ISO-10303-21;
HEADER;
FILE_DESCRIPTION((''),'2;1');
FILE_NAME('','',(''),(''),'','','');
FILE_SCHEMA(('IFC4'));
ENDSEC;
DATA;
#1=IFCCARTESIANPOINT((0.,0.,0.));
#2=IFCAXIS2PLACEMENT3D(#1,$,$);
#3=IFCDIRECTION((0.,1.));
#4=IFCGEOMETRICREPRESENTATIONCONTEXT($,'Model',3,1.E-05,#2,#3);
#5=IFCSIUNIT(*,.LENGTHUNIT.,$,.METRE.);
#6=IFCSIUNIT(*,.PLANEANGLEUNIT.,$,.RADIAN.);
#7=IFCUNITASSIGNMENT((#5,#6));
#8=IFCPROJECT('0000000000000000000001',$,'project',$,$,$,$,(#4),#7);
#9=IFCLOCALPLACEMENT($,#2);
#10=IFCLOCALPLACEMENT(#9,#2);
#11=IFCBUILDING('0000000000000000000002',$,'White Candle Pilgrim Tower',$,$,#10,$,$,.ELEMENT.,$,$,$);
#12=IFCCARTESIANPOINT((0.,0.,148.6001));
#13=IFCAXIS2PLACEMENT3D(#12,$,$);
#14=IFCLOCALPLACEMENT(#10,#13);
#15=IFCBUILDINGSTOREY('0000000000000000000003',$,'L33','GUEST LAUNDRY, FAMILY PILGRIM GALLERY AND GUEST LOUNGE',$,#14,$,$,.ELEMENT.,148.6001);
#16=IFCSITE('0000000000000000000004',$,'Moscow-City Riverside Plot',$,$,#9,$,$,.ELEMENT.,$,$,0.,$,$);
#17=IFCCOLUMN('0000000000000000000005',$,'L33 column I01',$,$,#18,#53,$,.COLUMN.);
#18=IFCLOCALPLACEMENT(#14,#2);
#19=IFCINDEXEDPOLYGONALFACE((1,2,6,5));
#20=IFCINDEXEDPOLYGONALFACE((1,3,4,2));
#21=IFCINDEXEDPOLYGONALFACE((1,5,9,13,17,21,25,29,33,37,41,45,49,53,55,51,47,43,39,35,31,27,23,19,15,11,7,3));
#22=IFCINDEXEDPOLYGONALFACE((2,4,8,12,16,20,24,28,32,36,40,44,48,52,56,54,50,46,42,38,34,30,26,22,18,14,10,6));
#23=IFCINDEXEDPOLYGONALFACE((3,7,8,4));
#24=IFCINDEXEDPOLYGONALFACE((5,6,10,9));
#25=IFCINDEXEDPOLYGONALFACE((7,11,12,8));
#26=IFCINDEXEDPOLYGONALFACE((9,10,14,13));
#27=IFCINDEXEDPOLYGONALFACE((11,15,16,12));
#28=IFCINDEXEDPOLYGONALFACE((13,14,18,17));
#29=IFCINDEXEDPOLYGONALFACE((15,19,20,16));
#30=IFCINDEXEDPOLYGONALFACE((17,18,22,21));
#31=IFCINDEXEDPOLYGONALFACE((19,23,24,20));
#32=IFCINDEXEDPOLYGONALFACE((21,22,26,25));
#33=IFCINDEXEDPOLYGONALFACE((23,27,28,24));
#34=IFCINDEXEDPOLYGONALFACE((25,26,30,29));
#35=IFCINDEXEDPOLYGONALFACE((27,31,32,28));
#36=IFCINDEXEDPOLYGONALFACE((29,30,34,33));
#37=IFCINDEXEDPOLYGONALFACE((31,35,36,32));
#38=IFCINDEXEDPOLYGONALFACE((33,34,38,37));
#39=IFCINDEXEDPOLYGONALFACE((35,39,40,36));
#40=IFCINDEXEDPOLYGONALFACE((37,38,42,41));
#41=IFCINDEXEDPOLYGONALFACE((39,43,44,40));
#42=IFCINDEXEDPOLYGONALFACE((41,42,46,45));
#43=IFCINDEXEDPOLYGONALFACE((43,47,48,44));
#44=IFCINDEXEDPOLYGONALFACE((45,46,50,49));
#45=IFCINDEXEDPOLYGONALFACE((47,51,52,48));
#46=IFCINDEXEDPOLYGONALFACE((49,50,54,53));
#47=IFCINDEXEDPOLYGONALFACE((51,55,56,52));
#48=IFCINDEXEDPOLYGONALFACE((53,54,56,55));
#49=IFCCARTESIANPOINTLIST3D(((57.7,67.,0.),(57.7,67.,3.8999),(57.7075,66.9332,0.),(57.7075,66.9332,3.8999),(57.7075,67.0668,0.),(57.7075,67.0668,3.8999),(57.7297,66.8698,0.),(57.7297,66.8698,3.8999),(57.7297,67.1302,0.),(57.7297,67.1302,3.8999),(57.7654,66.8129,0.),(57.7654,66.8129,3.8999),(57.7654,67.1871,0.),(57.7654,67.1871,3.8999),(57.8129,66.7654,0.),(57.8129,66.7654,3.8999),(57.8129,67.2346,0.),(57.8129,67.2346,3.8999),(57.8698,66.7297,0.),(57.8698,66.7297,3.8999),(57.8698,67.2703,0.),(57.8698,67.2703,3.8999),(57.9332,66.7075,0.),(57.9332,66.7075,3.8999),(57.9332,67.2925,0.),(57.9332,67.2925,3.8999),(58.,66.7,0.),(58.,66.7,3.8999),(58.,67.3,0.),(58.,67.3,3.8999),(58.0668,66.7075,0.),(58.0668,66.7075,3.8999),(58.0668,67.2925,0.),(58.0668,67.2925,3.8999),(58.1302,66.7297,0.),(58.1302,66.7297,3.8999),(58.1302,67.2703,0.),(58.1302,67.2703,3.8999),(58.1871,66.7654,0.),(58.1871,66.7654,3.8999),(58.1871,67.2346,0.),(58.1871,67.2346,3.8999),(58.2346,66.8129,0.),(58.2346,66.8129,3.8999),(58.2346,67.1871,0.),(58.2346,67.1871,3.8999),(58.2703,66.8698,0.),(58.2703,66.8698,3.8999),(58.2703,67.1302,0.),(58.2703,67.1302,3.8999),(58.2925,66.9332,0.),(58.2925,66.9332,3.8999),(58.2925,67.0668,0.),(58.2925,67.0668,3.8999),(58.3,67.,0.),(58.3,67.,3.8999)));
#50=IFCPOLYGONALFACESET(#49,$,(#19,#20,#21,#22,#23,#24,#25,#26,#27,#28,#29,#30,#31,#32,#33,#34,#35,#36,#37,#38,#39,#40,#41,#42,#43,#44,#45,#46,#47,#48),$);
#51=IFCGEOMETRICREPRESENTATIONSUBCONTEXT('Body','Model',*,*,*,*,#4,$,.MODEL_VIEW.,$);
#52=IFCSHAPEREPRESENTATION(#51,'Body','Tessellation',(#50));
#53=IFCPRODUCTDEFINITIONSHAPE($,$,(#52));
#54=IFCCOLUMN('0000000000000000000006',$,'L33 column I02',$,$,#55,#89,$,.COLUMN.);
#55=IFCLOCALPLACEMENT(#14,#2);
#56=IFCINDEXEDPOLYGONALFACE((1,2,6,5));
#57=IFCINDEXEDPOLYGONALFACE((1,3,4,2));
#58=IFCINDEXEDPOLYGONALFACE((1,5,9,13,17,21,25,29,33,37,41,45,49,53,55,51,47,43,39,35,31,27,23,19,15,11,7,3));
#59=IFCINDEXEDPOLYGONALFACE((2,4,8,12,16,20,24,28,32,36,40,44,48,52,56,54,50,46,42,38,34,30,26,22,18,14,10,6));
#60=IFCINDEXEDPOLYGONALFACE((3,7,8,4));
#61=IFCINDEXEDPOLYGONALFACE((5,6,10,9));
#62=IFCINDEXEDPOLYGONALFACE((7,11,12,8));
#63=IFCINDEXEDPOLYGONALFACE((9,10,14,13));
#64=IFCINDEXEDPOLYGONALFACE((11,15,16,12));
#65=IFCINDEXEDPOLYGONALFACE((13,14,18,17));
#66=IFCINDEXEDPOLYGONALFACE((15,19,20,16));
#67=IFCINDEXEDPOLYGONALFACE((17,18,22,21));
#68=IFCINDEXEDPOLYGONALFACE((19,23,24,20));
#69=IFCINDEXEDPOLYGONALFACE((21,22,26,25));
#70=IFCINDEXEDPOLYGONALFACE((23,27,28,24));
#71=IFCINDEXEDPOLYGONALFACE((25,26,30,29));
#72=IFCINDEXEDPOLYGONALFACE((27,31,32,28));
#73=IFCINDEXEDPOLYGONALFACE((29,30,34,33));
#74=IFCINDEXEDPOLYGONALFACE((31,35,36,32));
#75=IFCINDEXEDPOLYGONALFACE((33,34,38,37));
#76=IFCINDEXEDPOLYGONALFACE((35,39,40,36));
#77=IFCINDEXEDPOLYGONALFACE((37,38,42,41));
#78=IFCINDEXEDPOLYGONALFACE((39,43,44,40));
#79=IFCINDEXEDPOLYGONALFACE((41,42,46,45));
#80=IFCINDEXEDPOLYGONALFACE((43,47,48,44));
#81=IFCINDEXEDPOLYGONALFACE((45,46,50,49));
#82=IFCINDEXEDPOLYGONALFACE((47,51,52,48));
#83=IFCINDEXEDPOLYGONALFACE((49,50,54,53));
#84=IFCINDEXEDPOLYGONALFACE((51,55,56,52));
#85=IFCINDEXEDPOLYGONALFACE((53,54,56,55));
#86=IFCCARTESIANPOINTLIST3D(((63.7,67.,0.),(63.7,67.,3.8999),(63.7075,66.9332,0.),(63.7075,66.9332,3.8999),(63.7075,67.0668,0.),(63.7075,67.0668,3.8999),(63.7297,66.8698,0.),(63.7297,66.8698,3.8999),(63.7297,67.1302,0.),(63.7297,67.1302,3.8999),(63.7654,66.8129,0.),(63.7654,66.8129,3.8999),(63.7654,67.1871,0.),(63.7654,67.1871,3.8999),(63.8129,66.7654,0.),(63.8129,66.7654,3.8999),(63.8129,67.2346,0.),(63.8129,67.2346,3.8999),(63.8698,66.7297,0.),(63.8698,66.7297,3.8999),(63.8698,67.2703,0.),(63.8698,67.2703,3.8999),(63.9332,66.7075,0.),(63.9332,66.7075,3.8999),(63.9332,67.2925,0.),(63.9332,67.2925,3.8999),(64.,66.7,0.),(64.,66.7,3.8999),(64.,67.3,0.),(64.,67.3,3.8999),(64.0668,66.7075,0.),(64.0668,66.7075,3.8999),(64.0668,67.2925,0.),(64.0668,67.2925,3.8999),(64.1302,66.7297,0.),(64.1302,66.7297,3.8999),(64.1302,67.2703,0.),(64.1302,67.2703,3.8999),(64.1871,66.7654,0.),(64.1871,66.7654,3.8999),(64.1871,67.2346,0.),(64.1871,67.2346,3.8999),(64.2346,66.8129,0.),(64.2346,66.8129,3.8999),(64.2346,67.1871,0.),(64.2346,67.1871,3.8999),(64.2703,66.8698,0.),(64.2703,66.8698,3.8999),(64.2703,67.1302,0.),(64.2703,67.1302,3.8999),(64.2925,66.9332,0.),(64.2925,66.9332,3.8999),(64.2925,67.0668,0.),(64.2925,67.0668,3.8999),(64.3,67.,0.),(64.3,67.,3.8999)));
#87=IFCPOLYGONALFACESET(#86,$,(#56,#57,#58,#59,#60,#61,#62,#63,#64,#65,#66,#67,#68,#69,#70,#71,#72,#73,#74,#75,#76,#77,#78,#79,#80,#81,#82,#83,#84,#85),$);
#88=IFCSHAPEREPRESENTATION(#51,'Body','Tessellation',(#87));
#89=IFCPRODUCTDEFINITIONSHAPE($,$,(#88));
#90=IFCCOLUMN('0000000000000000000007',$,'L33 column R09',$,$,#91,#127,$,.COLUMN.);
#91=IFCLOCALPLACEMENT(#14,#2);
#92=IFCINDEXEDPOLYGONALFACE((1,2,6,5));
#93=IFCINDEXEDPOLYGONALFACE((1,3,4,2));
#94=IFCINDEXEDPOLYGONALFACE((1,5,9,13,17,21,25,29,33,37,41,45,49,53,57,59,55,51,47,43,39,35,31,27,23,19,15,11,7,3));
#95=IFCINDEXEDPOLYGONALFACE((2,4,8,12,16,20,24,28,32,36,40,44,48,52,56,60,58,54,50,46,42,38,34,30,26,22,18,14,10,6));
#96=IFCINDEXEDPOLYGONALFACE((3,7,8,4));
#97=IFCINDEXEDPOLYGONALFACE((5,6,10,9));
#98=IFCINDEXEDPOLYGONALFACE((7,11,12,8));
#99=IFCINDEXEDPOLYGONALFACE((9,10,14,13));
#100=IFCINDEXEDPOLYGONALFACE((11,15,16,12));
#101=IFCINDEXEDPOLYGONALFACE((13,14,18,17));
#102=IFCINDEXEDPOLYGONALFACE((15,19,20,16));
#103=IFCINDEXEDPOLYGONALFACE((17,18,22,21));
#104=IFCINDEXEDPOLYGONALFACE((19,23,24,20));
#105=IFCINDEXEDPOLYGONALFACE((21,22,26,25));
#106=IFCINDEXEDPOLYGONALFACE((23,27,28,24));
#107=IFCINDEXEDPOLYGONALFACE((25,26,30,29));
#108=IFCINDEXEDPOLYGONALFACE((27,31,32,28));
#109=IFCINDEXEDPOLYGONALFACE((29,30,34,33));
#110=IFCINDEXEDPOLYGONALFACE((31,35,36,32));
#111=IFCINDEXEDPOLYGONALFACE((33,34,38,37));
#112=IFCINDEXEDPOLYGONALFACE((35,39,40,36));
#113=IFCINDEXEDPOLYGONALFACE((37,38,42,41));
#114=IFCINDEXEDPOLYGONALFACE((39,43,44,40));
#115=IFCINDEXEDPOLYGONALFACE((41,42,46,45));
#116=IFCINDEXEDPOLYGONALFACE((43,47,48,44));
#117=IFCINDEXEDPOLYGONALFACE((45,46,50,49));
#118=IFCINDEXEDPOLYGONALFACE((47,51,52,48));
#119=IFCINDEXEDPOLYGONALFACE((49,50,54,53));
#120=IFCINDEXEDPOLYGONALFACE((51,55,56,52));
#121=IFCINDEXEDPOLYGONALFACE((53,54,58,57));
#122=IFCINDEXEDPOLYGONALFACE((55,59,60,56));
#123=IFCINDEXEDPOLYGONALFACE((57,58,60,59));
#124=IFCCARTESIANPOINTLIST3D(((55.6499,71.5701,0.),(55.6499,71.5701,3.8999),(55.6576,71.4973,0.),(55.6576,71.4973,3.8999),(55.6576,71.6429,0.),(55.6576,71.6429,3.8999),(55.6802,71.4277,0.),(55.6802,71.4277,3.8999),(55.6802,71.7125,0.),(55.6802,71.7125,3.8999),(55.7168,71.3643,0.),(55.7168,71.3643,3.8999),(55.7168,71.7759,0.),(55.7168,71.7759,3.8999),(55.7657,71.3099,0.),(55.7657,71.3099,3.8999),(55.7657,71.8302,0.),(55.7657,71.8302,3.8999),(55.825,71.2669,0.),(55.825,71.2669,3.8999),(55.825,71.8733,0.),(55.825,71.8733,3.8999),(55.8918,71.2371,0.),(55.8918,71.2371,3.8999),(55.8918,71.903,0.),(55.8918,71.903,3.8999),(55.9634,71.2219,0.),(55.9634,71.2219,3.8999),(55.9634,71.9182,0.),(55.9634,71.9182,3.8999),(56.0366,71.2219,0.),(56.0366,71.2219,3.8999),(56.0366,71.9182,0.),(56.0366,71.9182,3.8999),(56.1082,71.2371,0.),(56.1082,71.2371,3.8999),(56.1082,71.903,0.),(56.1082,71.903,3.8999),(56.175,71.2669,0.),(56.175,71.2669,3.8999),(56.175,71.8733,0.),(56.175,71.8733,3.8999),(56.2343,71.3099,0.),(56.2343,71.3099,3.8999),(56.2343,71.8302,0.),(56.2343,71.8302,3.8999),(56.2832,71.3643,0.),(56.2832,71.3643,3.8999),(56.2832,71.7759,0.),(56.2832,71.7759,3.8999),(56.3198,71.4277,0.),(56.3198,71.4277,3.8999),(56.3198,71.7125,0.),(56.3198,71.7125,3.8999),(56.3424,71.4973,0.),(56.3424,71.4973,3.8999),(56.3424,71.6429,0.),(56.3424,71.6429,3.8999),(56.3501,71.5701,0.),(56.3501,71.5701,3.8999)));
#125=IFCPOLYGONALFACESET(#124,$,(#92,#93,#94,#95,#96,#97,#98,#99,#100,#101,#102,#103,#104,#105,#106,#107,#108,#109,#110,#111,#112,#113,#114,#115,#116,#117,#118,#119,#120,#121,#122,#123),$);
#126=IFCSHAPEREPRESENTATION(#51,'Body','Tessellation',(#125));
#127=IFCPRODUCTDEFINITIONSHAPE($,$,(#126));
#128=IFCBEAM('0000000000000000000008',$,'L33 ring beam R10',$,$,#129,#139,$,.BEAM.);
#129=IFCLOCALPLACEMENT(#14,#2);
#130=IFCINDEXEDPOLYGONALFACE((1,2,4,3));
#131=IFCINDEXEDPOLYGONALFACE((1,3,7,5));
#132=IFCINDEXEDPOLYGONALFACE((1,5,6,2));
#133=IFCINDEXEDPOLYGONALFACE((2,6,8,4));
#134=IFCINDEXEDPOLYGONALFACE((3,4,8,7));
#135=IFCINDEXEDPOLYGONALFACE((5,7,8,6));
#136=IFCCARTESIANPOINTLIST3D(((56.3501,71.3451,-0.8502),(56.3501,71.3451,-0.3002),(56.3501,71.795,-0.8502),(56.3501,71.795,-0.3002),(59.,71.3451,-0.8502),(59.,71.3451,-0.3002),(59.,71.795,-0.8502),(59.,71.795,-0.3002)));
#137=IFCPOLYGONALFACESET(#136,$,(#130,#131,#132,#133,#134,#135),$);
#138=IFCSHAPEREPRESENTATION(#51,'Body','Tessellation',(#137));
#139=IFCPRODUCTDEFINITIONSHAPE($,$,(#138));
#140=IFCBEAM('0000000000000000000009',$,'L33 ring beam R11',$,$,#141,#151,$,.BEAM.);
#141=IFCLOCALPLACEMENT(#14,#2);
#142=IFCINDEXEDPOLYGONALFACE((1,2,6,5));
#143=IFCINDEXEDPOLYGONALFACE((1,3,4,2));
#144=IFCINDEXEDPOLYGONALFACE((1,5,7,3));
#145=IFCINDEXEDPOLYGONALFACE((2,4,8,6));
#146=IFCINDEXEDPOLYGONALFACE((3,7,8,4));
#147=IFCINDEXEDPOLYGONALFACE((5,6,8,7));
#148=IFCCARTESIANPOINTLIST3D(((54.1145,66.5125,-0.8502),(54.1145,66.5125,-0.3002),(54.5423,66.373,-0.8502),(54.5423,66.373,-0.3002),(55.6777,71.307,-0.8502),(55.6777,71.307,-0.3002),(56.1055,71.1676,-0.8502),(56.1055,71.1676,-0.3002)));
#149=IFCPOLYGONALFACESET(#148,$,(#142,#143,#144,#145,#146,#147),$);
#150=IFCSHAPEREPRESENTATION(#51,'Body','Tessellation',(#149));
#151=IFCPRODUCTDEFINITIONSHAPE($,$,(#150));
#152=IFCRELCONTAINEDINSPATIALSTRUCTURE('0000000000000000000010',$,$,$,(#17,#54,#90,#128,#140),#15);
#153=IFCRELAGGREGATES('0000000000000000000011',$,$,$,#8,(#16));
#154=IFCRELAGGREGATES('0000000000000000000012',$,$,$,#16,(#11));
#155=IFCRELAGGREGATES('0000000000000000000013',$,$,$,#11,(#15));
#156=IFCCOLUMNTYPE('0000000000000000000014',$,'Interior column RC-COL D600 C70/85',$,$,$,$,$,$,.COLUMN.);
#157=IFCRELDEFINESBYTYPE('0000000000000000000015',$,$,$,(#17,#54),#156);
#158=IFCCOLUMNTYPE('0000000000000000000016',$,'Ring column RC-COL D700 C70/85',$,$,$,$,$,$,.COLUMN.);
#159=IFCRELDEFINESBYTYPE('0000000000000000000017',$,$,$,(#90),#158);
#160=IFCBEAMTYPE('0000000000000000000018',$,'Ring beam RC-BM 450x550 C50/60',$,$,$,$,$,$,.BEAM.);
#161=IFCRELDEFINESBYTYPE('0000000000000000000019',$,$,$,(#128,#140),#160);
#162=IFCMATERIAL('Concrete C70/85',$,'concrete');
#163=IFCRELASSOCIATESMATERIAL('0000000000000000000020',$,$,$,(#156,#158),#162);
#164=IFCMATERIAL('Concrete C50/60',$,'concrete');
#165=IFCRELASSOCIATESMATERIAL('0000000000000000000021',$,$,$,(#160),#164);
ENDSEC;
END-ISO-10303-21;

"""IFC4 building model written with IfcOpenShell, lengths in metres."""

from ifc_helpers import new_model, si_unit, direction, frame, origin, origin_2d, place, context, subcontext, project, spatial, rectangle, circle, extrude, material, material_profile, profile_set, type_object, element, save


model = new_model("IFC4")

# Units and contexts
model_context = context("Model", 3, precision=1e-05, world=origin(), true_north=direction((0.0, 1.0)))
body_context = subcontext(model_context, "Body", "Model", "MODEL_VIEW")
ifc_project = project(units=[si_unit("LENGTHUNIT", "METRE"), si_unit("PLANEANGLEUNIT", "RADIAN")], contexts=[model_context])

# Site, building, storey
site_placement = place(None, origin())
site = spatial("IfcSite", under=ifc_project, at=site_placement, Name="Moscow-City Riverside Plot", CompositionType="ELEMENT", RefElevation=0.0)
building_placement = place(site_placement, origin())
building = spatial("IfcBuilding", under=site, at=building_placement, Name="White Candle Pilgrim Tower", CompositionType="ELEMENT")
storey_placement = place(building_placement, frame((0.0, 0.0, 148.6001)))
storey = spatial("IfcBuildingStorey", under=building, at=storey_placement, Name="L33", Description="GUEST LAUNDRY, FAMILY PILGRIM GALLERY AND GUEST LOUNGE", CompositionType="ELEMENT", Elevation=148.6001)

# Columns
ifc_material_1 = material(Name="Concrete C70/85", Category="concrete")
ifc_material_profile_1 = material_profile(ifc_material_1, circle(Radius=0.3, at=origin_2d()), Name="RC-COL D600")
ifc_profile_set_1 = profile_set([ifc_material_profile_1], Name="Concrete C70/85")
column_type_1 = type_object("IfcColumnType", Name="Interior column RC-COL D600 C70/85", PredefinedType="COLUMN", material=ifc_profile_set_1)
for number, where, z_axis, x_axis, name in (
    (1, (58.0, 67.0, 0.0), (0.0, 0.0, 1.0), (1.0, 0.0, 0.0), "L33 column I01"),
    (2, (64.0, 67.0, 0.0), (0.0, 0.0, 1.0), (1.0, 0.0, 0.0), "L33 column I02"),
):
    element("IfcColumn", number, at=place(storey_placement, frame(where, z_axis=z_axis, x_axis=x_axis)), inside=storey, type_object=column_type_1, Name=name, PredefinedType="COLUMN", context=body_context, shape_type="SweptSolid", body=[
        extrude(circle(Radius=0.3, at=origin_2d()), origin(), (0.0, 0.0, 1.0), 3.8999),
    ])
ifc_material_profile_2 = material_profile(ifc_material_1, circle(Radius=0.3501, at=origin_2d()), Name="RC-COL D700")
ifc_profile_set_2 = profile_set([ifc_material_profile_2], Name="Concrete C70/85")
column_type_2 = type_object("IfcColumnType", Name="Ring column RC-COL D700 C70/85", PredefinedType="COLUMN", material=ifc_profile_set_2)
column_placement = place(storey_placement, frame((56.0, 71.5701, 0.0), z_axis=(0.0, 0.0, 1.0), x_axis=(1.0, 0.0, 0.0)))
element("IfcColumn", 3, at=column_placement, inside=storey, type_object=column_type_2, Name="L33 column R09", PredefinedType="COLUMN", context=body_context, shape_type="SweptSolid", body=[
    extrude(circle(Radius=0.3501, at=origin_2d()), origin(), (0.0, 0.0, 1.0), 3.8999),
])

# Beams
ifc_material_2 = material(Name="Concrete C50/60", Category="concrete")
ifc_material_profile_3 = material_profile(ifc_material_2, rectangle(XDim=0.45, YDim=0.55, at=origin_2d()), Name="RC-BM 450x550")
ifc_profile_set_3 = profile_set([ifc_material_profile_3], Name="Concrete C50/60")
beam_type = type_object("IfcBeamType", Name="Ring beam RC-BM 450x550 C50/60", PredefinedType="BEAM", material=ifc_profile_set_3)
beam_1_placement = place(storey_placement, frame((56.3501, 71.5701, -0.5752), z_axis=(1.0, 0.0, 0.0), x_axis=(0.0, 1.0, 0.0)))
element("IfcBeam", 4, at=beam_1_placement, inside=storey, type_object=beam_type, Name="L33 ring beam R10", PredefinedType="BEAM", context=body_context, shape_type="SweptSolid", body=[
    extrude(rectangle(XDim=0.45, YDim=0.55, at=origin_2d()), origin(), (0.0, 0.0, 1.0), 2.6499),
])
beam_2_placement = place(storey_placement, frame((55.8916, 71.2373, -0.5752), z_axis=(-0.309976, -0.950744, 0.0), x_axis=(0.950744, -0.309976, 0.0)))
element("IfcBeam", 5, at=beam_2_placement, inside=storey, type_object=beam_type, Name="L33 ring beam R11", PredefinedType="BEAM", context=body_context, shape_type="SweptSolid", body=[
    extrude(rectangle(XDim=0.45, YDim=0.55, at=origin_2d()), origin(), (0.0, 0.0, 1.0), 5.043),
])

save(model, "model.ifc")
